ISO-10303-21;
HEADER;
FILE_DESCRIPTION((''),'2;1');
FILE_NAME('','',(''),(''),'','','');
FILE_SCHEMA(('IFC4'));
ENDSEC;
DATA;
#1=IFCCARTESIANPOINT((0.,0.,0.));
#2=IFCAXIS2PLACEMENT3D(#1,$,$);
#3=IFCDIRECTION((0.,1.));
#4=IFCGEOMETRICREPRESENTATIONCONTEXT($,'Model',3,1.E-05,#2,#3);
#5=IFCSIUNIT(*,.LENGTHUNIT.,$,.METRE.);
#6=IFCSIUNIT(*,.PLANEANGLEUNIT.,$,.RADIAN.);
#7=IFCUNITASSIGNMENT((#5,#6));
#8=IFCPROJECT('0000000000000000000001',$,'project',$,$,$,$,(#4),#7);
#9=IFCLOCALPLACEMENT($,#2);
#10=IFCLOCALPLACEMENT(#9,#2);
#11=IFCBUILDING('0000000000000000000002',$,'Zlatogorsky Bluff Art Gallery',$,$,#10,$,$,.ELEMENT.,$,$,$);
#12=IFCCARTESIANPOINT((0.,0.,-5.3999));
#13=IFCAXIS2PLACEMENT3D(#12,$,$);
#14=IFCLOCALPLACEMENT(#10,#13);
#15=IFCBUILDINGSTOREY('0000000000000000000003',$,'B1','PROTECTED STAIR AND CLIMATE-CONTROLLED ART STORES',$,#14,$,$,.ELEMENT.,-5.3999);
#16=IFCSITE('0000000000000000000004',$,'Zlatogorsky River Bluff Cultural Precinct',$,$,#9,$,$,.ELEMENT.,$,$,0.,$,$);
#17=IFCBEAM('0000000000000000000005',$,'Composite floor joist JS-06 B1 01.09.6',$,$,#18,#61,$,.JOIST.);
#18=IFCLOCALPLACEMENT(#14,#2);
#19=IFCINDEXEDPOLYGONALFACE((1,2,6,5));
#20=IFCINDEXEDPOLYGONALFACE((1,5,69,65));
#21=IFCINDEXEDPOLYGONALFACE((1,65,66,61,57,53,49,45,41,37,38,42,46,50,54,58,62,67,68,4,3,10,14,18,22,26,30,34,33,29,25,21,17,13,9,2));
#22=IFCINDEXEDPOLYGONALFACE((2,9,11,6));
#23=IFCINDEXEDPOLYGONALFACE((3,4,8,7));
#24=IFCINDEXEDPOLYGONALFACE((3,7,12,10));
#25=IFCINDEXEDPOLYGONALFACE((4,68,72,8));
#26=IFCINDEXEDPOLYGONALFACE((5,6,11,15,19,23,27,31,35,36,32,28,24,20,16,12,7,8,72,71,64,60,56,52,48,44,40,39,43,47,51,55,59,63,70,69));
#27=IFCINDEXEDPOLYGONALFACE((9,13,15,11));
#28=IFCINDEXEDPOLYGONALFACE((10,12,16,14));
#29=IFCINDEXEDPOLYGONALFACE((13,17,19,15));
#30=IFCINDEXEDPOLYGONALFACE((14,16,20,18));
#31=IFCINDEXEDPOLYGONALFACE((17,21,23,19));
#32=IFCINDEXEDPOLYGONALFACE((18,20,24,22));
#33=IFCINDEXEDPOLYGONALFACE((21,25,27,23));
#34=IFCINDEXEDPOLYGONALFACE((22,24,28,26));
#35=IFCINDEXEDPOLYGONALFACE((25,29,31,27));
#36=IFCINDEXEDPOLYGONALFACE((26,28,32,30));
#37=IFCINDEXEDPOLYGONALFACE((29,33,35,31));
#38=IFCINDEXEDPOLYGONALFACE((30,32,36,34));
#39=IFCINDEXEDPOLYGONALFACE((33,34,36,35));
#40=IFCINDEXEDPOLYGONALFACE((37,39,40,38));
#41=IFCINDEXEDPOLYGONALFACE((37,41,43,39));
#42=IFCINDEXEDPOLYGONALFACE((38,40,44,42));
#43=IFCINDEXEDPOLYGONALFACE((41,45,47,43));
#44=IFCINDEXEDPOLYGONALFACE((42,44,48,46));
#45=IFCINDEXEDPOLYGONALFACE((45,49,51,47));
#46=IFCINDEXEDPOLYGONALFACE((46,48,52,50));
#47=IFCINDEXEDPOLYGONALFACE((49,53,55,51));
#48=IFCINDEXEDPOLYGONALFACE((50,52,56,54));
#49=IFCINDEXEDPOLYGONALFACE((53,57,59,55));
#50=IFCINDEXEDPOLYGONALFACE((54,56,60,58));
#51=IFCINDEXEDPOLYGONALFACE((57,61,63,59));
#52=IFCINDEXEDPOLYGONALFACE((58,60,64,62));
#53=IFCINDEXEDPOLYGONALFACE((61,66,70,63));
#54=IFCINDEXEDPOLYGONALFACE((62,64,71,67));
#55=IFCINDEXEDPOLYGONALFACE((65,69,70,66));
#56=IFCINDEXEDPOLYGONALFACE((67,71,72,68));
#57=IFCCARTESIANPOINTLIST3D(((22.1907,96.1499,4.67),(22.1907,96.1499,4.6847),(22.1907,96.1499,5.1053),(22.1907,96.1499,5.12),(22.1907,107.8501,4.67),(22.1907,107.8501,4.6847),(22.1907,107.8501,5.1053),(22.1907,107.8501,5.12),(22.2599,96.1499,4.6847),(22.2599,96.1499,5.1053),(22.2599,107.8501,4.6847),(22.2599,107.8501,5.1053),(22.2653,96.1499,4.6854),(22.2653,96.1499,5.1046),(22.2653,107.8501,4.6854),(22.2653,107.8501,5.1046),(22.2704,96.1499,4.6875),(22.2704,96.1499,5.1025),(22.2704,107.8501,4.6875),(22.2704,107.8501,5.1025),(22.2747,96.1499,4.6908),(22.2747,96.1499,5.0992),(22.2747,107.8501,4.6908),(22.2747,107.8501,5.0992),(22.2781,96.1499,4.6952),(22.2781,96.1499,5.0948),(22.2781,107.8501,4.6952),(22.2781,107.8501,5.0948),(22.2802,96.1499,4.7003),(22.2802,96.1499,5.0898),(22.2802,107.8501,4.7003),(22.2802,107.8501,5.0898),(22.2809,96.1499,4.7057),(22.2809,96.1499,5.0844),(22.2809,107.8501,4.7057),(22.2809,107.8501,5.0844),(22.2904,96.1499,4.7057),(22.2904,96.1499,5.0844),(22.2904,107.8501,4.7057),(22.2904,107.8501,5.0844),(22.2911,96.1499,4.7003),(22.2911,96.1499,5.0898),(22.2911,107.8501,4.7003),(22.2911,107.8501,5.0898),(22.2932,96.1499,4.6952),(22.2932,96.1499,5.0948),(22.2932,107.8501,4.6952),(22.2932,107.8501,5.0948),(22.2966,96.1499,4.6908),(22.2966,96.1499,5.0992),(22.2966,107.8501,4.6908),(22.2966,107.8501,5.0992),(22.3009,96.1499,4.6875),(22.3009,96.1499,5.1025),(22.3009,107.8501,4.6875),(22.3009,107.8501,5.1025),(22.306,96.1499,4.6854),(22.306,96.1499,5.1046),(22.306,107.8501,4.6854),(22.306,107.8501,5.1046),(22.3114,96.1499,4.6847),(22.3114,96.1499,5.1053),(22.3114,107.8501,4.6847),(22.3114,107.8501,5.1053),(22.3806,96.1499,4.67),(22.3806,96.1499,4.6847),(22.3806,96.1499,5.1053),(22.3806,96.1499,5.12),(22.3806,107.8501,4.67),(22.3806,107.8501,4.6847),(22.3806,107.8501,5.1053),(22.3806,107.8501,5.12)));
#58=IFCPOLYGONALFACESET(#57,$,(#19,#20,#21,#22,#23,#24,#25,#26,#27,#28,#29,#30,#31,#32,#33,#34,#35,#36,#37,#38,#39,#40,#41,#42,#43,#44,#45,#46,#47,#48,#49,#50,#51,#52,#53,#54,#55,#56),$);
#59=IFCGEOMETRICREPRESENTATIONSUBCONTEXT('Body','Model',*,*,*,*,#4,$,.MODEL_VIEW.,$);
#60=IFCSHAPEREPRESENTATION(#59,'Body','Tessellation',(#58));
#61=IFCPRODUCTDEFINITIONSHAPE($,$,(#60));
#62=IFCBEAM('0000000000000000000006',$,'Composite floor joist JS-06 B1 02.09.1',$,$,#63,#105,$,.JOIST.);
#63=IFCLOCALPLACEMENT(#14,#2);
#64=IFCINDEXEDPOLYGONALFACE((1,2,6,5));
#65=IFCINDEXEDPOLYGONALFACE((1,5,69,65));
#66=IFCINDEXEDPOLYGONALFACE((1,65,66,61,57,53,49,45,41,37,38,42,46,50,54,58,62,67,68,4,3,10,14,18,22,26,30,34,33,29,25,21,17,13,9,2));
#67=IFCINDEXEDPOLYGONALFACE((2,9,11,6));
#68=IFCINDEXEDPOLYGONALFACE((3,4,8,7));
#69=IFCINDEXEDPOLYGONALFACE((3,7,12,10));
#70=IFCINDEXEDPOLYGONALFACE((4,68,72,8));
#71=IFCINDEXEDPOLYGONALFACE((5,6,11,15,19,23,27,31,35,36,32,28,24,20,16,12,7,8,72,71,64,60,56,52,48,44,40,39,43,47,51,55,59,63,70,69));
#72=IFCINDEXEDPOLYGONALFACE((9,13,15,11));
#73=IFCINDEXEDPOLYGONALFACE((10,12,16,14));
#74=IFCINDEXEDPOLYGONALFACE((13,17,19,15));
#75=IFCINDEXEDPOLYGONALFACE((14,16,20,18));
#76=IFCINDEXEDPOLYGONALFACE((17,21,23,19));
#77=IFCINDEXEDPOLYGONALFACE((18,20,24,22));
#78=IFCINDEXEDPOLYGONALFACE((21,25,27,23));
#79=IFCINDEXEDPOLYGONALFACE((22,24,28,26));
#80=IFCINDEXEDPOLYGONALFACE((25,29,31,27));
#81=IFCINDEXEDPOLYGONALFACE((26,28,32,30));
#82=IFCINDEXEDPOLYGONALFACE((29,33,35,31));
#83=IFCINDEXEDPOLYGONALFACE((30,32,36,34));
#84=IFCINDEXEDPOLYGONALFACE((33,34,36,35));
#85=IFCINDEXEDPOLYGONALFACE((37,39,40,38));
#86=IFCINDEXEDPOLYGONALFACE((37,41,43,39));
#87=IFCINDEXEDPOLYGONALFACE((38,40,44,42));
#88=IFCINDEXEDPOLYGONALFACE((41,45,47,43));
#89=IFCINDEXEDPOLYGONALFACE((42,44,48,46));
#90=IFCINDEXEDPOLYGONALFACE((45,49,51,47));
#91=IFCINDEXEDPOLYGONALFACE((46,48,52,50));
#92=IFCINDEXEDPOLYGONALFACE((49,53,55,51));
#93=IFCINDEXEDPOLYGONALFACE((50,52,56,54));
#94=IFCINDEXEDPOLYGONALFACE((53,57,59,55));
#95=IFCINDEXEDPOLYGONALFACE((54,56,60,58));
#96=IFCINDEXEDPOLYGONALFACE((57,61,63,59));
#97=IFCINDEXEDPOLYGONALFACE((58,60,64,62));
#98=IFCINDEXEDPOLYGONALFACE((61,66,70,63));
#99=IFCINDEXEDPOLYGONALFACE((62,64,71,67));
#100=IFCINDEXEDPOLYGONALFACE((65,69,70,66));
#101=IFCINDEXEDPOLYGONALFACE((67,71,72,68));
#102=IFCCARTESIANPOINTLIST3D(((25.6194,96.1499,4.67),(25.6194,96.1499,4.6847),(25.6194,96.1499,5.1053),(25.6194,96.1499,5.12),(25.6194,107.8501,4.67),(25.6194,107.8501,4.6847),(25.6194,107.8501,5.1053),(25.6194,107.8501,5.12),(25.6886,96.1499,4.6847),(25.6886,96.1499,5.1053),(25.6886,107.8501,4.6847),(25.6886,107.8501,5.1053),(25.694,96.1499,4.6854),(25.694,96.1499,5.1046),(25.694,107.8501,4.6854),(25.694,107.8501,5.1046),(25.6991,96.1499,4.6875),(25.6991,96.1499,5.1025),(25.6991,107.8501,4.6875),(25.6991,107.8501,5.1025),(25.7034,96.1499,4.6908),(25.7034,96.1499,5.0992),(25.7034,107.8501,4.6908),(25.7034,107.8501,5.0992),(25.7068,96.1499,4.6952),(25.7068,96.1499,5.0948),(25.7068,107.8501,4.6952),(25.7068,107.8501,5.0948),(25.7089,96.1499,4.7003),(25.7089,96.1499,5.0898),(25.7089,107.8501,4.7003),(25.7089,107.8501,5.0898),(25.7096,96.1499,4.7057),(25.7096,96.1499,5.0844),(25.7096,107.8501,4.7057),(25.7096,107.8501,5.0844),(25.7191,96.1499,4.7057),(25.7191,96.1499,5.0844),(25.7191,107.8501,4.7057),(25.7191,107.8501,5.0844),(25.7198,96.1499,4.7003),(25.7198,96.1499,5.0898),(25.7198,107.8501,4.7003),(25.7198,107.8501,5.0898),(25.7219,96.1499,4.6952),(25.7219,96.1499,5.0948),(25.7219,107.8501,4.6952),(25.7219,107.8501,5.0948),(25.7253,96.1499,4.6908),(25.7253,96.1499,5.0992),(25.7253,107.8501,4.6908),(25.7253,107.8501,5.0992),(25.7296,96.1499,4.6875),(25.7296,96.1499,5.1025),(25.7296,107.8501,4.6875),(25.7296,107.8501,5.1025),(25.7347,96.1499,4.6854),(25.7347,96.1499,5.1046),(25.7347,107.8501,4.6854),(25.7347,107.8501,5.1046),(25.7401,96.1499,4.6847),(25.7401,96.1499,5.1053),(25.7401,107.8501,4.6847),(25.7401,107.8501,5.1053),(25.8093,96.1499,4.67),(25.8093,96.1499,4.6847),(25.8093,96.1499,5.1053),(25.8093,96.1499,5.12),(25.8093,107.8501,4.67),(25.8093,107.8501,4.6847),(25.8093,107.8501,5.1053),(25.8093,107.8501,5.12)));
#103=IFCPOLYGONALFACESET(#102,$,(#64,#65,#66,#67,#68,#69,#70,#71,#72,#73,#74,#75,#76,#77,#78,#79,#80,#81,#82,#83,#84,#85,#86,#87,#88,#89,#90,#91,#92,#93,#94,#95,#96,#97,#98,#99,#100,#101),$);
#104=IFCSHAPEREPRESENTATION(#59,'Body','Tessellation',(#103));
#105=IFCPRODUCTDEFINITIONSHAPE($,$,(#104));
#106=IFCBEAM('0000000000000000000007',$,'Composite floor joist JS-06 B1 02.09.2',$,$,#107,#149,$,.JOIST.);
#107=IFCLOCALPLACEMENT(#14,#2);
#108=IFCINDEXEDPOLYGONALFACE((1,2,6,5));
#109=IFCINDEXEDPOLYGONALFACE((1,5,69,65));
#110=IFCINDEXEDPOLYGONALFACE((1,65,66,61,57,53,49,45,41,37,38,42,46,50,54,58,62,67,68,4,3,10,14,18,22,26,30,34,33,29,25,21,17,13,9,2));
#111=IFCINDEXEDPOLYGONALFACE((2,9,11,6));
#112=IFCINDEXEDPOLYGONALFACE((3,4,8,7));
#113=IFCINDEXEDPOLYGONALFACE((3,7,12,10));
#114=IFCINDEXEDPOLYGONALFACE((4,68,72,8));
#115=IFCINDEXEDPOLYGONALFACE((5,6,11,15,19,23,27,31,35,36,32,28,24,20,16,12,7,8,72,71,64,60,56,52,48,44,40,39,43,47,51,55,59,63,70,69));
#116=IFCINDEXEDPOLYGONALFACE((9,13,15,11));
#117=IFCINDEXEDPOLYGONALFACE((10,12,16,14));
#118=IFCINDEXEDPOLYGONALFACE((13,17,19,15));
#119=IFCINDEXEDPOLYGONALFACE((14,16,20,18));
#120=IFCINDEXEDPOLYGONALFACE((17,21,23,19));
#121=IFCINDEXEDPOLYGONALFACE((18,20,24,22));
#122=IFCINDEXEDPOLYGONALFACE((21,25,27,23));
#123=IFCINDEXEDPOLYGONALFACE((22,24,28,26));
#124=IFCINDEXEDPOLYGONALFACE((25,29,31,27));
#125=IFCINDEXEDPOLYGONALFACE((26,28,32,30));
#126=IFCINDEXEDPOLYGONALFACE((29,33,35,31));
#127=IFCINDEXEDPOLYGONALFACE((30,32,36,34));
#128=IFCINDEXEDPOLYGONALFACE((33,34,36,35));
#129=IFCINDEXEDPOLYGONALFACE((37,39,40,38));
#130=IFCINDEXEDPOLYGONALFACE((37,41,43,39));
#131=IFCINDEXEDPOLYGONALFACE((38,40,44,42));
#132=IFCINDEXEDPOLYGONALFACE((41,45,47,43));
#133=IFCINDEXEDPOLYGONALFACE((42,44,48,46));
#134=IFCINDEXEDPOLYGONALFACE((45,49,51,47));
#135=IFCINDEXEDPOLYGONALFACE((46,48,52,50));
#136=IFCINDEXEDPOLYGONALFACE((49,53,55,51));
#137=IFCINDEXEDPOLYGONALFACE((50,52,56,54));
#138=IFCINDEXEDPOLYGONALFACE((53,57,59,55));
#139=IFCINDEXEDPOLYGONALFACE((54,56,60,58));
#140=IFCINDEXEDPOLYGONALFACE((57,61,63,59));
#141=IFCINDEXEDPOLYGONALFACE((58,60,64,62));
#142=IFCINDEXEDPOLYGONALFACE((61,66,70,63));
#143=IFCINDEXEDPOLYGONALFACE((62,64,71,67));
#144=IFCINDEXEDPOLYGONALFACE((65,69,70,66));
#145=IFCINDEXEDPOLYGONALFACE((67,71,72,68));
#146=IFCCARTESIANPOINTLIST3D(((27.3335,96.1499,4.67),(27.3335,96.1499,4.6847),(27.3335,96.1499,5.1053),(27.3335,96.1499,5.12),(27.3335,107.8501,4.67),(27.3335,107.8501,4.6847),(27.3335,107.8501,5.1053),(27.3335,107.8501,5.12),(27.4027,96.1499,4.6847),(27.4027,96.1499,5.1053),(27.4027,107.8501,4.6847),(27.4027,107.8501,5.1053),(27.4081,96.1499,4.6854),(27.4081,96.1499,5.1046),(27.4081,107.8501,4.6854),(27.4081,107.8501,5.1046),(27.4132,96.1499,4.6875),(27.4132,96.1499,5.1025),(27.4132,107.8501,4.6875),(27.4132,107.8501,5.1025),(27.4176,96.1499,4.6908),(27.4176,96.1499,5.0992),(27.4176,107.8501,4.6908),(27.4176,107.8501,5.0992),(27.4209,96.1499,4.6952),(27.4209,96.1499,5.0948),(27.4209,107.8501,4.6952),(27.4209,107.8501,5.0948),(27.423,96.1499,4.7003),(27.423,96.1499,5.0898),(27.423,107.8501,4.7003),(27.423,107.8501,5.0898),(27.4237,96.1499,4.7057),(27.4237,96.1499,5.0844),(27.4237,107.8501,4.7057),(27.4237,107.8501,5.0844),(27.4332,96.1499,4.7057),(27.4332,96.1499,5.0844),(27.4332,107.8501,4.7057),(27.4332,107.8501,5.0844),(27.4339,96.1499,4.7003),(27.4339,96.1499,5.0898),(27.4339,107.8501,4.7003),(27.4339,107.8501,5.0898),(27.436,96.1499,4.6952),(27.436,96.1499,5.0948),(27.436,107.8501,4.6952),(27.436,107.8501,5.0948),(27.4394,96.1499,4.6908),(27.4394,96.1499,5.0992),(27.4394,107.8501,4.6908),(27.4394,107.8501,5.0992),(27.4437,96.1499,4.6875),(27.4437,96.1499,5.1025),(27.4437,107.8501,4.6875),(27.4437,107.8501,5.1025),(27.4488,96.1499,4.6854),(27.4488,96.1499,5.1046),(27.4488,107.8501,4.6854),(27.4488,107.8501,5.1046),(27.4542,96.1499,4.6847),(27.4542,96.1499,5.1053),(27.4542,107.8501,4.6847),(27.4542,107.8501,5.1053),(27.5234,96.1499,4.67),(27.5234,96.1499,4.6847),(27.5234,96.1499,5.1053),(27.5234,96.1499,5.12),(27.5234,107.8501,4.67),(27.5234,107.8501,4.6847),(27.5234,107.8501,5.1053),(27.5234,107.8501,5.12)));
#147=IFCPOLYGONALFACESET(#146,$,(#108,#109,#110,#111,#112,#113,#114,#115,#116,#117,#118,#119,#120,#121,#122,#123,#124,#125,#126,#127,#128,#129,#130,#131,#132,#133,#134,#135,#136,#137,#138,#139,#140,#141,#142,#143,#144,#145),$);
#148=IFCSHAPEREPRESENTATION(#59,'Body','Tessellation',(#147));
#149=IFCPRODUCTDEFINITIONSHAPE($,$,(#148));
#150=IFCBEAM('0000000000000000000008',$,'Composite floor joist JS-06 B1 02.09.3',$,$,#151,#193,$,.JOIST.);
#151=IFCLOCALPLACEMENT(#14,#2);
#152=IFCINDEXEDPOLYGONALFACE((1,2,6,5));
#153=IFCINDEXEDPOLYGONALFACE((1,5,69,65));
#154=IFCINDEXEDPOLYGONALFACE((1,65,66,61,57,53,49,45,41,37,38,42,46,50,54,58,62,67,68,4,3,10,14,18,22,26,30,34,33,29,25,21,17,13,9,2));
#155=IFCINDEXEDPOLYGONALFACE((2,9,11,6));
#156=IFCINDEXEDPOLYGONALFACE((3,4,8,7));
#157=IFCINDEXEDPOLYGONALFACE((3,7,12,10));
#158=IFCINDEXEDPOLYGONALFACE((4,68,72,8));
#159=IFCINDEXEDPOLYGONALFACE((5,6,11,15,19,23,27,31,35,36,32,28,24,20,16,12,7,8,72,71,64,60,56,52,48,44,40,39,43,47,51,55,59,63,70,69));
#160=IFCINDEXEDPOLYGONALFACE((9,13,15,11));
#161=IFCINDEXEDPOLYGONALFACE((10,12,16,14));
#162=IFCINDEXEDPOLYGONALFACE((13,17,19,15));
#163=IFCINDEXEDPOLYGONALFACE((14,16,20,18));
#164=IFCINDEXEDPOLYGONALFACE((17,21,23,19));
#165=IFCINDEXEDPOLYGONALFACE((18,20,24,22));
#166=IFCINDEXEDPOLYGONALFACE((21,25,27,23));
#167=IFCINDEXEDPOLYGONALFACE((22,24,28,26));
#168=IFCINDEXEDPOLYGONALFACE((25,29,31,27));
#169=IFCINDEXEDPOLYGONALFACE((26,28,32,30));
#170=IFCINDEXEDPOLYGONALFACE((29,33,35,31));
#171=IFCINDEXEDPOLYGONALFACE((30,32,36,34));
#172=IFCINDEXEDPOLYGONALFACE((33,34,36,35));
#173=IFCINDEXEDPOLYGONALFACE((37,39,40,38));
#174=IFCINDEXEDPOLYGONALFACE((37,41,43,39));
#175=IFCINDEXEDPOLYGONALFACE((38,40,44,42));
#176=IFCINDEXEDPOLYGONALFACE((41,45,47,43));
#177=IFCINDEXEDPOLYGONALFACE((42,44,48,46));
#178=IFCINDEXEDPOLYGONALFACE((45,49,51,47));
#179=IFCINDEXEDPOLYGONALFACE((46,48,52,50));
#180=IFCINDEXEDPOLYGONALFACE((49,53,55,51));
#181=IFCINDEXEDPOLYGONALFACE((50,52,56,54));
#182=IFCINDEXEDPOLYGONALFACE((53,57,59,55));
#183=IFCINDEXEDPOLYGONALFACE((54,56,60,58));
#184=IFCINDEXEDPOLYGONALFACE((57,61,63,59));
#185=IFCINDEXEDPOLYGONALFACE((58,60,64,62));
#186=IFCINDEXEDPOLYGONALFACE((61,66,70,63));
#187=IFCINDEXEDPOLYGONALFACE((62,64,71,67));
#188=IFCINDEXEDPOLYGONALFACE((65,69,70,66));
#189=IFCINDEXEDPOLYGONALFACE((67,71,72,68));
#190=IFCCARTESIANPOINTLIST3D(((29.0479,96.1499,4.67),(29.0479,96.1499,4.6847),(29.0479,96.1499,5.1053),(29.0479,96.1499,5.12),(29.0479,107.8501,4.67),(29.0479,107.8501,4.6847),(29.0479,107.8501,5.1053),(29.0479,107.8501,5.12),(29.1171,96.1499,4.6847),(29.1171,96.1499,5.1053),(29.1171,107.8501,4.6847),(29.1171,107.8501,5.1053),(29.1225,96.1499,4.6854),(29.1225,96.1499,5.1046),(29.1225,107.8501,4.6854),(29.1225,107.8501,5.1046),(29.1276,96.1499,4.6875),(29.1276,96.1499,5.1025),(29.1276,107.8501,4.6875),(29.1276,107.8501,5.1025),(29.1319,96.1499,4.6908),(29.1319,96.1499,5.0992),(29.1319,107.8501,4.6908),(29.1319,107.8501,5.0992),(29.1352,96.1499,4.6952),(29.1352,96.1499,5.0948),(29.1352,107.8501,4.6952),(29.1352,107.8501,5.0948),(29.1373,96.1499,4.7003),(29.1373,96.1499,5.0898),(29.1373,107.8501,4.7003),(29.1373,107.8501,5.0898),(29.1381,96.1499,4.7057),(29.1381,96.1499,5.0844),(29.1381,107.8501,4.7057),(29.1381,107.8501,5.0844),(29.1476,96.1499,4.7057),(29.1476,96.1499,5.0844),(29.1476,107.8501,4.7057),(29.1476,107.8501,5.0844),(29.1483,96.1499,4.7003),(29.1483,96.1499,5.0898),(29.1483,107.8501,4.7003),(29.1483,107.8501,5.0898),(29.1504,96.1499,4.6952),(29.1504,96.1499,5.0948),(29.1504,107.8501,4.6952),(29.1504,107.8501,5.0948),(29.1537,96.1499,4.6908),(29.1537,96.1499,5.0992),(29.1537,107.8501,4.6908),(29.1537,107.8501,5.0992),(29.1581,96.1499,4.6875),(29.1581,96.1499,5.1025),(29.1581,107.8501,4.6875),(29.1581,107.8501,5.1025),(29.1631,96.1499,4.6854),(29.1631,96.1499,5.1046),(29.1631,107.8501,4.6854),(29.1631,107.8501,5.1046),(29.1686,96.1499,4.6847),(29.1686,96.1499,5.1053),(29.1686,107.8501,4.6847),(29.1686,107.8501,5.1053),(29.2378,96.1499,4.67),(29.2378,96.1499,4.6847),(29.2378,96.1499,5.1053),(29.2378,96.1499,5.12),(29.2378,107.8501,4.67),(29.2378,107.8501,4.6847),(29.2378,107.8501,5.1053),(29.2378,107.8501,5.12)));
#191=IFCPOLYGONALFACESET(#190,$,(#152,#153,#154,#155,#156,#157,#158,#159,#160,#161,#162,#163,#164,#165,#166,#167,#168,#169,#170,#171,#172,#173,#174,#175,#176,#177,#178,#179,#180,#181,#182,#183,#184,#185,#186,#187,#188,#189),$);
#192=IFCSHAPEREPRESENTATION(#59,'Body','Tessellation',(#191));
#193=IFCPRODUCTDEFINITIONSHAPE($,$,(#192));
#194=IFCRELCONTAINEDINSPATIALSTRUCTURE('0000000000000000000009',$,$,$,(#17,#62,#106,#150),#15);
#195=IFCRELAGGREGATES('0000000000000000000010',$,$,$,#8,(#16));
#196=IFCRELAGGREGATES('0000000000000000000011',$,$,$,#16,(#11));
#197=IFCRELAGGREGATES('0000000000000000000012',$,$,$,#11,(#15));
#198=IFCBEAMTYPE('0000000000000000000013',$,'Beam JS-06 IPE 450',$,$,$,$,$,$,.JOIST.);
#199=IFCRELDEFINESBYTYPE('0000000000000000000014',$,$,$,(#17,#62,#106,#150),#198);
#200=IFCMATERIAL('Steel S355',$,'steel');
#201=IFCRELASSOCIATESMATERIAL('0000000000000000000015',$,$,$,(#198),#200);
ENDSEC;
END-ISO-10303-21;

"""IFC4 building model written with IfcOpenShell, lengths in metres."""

from ifc_helpers import new_model, si_unit, direction, frame, origin, origin_2d, place, context, subcontext, project, spatial, i_section, extrude, material, material_profile, profile_set, type_object, element, save


model = new_model("IFC4")

# Units and contexts
model_context = context("Model", 3, precision=1e-05, world=origin(), true_north=direction((0.0, 1.0)))
body_context = subcontext(model_context, "Body", "Model", "MODEL_VIEW")
ifc_project = project(units=[si_unit("LENGTHUNIT", "METRE"), si_unit("PLANEANGLEUNIT", "RADIAN")], contexts=[model_context])

# Site, building, storey
site_placement = place(None, origin())
site = spatial("IfcSite", under=ifc_project, at=site_placement, Name="Zlatogorsky River Bluff Cultural Precinct", CompositionType="ELEMENT", RefElevation=0.0)
building_placement = place(site_placement, origin())
building = spatial("IfcBuilding", under=site, at=building_placement, Name="Zlatogorsky Bluff Art Gallery", CompositionType="ELEMENT")
storey_placement = place(building_placement, frame((0.0, 0.0, -5.3999)))
storey = spatial("IfcBuildingStorey", under=building, at=storey_placement, Name="B1", Description="PROTECTED STAIR AND CLIMATE-CONTROLLED ART STORES", CompositionType="ELEMENT", Elevation=-5.3999)

# Shared definitions
ifc_material_1 = material(Name="Steel S355", Category="steel")

# Beams
ifc_material_profile_1 = material_profile(ifc_material_1, i_section(OverallWidth=0.1899, OverallDepth=0.45, WebThickness=0.0095, FlangeThickness=0.0146, FilletRadius=0.021, at=origin_2d()), Name="IPE 450")
ifc_profile_set_1 = profile_set([ifc_material_profile_1], Name="Steel S355")
beam_type_1 = type_object("IfcBeamType", Name="Beam JS-06 IPE 450", PredefinedType="JOIST", material=ifc_profile_set_1)
for number, where, z_axis, x_axis, name in (
    (1, (22.2856, 96.1499, 4.895), (0.0, 1.0, 0.0), (-1.0, 0.0, 0.0), "Composite floor joist JS-06 B1 01.09.6"),
    (2, (25.7144, 96.1499, 4.895), (0.0, 1.0, 0.0), (-1.0, 0.0, 0.0), "Composite floor joist JS-06 B1 02.09.1"),
    (3, (27.4285, 96.1499, 4.895), (0.0, 1.0, 0.0), (-1.0, 0.0, 0.0), "Composite floor joist JS-06 B1 02.09.2"),
    (4, (29.1428, 96.1499, 4.895), (0.0, 1.0, 0.0), (-1.0, 0.0, 0.0), "Composite floor joist JS-06 B1 02.09.3"),
):
    element("IfcBeam", number, at=place(storey_placement, frame(where, z_axis=z_axis, x_axis=x_axis)), inside=storey, type_object=beam_type_1, Name=name, PredefinedType="JOIST", context=body_context, shape_type="SweptSolid", body=[
        extrude(i_section(OverallWidth=0.1899, OverallDepth=0.45, WebThickness=0.0095, FlangeThickness=0.0146, FilletRadius=0.021, at=origin_2d()), origin(), (0.0, 0.0, 1.0), 11.7002),
    ])

save(model, "model.ifc")
